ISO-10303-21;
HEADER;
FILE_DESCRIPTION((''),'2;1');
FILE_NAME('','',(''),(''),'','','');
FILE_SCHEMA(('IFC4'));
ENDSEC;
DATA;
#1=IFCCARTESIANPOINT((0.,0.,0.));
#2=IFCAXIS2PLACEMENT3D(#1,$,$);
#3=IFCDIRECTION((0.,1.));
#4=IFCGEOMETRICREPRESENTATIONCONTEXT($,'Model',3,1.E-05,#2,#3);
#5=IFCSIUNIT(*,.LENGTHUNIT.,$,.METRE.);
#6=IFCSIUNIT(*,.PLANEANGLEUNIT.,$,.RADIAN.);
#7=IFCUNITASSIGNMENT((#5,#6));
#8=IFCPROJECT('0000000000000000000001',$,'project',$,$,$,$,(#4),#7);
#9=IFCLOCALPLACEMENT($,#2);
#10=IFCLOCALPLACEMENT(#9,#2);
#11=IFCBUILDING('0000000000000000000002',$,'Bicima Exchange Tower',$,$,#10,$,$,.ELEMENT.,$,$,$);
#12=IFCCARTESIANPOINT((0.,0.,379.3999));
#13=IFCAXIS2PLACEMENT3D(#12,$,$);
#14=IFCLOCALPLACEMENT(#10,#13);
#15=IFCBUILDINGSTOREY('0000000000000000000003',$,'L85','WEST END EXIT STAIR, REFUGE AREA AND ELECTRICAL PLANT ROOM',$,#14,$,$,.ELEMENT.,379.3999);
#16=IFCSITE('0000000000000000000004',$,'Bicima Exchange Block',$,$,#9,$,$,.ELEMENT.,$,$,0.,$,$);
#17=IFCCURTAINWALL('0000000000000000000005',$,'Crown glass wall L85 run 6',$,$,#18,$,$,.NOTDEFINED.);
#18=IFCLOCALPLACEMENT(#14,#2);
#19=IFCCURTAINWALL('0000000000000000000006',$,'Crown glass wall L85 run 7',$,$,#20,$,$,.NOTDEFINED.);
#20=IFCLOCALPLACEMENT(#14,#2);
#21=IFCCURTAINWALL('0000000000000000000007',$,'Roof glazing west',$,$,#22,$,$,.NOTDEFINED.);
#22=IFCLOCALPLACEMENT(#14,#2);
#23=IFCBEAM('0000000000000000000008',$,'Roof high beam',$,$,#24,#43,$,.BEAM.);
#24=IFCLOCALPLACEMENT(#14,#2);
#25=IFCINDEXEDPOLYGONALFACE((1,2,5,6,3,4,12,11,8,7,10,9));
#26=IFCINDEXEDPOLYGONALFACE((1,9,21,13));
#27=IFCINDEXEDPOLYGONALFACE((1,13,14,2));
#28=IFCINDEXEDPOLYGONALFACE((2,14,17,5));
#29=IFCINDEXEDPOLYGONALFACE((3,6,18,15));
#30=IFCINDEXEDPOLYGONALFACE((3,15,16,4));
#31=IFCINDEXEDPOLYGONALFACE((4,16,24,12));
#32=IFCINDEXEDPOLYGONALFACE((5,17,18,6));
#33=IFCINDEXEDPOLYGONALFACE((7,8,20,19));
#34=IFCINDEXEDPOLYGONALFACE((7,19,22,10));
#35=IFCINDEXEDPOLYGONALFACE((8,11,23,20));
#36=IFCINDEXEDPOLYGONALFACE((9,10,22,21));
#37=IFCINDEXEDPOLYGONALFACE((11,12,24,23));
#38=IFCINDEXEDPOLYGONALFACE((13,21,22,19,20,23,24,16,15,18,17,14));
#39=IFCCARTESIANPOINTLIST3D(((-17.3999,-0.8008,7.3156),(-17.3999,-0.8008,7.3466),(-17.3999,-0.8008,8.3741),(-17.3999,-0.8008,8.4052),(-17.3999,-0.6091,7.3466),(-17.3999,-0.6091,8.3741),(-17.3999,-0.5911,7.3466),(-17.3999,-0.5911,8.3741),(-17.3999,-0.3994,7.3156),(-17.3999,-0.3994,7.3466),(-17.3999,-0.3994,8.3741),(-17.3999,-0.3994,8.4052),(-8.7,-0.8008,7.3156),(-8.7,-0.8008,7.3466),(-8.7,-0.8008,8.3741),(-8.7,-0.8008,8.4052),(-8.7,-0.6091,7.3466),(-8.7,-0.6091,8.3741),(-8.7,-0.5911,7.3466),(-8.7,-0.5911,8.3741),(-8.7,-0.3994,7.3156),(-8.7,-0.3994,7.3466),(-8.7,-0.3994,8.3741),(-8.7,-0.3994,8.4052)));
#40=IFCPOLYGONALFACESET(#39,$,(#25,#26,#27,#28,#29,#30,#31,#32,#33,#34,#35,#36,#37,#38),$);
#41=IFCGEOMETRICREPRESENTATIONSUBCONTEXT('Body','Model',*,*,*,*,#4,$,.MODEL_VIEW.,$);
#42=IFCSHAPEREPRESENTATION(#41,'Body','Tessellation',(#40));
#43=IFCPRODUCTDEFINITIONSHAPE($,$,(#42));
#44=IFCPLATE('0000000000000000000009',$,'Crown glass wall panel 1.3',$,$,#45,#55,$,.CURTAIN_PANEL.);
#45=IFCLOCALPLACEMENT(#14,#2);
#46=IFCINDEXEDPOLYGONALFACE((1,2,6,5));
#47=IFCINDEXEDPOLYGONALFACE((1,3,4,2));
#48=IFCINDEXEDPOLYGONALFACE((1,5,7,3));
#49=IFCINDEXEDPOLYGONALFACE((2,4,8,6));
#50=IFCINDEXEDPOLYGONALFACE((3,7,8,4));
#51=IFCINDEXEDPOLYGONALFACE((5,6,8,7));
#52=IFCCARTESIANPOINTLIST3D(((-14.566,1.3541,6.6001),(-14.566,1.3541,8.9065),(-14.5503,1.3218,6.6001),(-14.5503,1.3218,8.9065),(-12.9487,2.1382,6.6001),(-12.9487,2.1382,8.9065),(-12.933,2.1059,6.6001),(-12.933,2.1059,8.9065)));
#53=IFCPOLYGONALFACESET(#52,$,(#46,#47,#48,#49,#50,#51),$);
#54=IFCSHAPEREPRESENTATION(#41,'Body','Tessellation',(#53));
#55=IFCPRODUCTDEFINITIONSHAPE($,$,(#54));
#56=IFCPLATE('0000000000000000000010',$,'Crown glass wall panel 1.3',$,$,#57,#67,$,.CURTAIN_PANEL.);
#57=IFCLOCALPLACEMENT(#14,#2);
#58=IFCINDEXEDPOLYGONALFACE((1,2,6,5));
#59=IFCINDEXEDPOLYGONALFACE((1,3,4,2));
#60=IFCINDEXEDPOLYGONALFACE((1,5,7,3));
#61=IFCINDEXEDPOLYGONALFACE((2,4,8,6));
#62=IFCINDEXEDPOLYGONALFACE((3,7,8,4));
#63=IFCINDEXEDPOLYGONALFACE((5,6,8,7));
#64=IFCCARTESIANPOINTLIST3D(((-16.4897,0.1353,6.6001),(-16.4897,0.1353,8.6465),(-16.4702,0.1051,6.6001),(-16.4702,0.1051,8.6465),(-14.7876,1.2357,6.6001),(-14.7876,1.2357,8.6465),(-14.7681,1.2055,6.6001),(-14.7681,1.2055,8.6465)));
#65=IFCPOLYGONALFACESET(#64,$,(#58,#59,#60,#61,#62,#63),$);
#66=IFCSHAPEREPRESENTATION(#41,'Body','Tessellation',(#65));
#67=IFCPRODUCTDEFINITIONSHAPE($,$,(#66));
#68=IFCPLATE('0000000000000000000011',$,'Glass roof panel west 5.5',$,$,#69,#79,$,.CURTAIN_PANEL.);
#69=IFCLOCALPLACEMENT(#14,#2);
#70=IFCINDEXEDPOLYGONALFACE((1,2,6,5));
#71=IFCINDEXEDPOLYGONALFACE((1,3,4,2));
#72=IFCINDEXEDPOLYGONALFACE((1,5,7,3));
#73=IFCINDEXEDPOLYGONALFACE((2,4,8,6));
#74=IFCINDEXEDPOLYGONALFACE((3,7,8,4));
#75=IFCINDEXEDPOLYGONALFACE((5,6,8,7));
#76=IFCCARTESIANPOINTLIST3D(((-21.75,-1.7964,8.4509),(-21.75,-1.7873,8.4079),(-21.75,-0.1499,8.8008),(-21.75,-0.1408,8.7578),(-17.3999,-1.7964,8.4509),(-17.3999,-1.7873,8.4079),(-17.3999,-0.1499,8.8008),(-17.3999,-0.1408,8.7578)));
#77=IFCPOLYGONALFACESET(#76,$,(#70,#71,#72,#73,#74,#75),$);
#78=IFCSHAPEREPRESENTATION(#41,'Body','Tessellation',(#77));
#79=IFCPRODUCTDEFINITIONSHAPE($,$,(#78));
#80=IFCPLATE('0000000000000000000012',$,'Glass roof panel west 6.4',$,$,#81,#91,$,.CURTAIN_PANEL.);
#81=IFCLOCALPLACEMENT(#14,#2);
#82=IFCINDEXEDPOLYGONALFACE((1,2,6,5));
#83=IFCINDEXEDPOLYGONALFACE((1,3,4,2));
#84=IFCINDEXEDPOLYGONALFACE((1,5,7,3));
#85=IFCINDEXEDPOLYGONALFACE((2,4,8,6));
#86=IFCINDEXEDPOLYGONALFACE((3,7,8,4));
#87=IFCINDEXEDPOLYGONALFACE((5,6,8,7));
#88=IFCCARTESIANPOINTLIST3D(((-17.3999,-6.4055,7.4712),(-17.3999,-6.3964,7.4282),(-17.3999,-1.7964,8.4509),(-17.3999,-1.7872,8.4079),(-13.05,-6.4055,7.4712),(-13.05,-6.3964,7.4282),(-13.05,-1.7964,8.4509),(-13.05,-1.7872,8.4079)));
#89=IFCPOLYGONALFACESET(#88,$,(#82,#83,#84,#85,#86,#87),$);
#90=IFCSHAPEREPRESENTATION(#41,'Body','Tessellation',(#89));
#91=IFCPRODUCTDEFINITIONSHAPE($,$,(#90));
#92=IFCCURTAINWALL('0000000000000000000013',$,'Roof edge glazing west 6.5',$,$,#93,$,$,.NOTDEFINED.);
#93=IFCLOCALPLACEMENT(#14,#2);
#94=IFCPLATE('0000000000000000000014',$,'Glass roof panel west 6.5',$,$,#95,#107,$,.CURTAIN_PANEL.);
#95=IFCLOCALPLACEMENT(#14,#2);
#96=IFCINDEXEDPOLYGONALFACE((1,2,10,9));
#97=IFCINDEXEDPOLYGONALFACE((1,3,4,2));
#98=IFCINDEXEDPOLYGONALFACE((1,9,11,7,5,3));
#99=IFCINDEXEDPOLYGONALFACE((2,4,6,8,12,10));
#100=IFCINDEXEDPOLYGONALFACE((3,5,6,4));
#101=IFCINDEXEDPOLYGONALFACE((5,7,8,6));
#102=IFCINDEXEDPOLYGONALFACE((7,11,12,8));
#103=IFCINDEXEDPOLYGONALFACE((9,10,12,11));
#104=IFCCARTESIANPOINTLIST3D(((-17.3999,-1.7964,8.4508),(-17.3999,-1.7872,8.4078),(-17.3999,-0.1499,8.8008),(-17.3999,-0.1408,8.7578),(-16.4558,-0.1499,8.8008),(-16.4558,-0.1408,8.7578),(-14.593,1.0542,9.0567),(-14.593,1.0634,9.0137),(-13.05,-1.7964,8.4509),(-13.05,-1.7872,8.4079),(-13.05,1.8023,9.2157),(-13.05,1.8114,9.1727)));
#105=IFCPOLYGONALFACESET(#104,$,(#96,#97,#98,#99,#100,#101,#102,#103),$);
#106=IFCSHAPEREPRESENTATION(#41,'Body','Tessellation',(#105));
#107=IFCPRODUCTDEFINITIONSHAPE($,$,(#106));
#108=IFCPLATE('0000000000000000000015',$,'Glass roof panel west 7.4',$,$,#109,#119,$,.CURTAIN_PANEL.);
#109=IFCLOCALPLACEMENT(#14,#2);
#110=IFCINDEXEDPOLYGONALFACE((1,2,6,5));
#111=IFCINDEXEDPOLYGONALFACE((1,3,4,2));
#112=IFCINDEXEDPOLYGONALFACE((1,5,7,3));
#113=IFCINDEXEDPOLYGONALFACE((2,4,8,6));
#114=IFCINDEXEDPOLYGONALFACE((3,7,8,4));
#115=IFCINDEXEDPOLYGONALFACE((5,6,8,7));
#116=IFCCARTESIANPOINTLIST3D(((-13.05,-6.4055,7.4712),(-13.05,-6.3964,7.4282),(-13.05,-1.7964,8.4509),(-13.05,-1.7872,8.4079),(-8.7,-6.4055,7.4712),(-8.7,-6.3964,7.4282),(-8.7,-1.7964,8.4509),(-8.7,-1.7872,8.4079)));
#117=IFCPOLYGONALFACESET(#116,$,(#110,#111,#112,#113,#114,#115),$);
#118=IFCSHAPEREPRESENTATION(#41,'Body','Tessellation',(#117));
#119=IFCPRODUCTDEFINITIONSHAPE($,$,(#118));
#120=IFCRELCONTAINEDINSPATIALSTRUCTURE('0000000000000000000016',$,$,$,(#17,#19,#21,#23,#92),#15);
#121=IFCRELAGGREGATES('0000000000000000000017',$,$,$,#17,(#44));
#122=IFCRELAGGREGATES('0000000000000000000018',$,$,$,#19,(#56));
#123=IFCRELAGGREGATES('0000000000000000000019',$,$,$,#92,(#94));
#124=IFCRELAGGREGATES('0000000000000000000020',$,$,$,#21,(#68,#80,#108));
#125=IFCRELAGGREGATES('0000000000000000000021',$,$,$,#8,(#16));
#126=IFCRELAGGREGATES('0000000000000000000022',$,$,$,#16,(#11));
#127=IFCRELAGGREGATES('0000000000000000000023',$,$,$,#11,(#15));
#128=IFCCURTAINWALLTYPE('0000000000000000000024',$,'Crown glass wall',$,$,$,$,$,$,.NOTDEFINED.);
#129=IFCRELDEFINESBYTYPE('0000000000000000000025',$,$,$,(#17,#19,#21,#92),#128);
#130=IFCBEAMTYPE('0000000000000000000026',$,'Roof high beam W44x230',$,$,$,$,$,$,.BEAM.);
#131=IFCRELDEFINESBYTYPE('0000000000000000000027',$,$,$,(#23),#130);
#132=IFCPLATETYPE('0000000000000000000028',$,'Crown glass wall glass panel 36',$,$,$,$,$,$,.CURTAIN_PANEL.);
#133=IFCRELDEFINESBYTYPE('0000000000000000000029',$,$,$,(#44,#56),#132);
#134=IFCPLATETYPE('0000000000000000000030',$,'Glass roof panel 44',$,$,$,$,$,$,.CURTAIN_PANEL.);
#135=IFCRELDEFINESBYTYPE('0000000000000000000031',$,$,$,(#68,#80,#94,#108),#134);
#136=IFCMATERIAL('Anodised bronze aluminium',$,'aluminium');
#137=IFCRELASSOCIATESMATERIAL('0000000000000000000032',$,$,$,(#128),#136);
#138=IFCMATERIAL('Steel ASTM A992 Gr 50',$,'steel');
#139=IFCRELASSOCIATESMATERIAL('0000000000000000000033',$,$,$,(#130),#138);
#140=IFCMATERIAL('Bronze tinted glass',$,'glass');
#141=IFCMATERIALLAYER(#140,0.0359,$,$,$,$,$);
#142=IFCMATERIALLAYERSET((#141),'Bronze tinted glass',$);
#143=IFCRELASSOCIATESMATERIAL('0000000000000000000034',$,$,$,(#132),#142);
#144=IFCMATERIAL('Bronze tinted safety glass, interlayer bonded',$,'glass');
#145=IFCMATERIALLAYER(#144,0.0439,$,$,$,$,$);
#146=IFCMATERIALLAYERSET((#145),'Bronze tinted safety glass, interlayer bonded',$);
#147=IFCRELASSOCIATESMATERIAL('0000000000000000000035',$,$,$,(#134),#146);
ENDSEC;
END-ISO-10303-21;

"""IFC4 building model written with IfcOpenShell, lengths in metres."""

from ifc_helpers import new_model, si_unit, direction, frame, origin, origin_2d, place, context, subcontext, project, spatial, polyline, rectangle, i_section, outline, extrude, material, layer, layer_set, material_profile, profile_set, type_object, element, aggregate, save


model = new_model("IFC4")

# Units and contexts
model_context = context("Model", 3, precision=1e-05, world=origin(), true_north=direction((0.0, 1.0)))
body_context = subcontext(model_context, "Body", "Model", "MODEL_VIEW")
ifc_project = project(units=[si_unit("LENGTHUNIT", "METRE"), si_unit("PLANEANGLEUNIT", "RADIAN")], contexts=[model_context])

# Site, building, storey
site_placement = place(None, origin())
site = spatial("IfcSite", under=ifc_project, at=site_placement, Name="Bicima Exchange Block", CompositionType="ELEMENT", RefElevation=0.0)
building_placement = place(site_placement, origin())
building = spatial("IfcBuilding", under=site, at=building_placement, Name="Bicima Exchange Tower", CompositionType="ELEMENT")
storey_placement = place(building_placement, frame((0.0, 0.0, 379.3999)))
storey = spatial("IfcBuildingStorey", under=building, at=storey_placement, Name="L85", Description="WEST END EXIT STAIR, REFUGE AREA AND ELECTRICAL PLANT ROOM", CompositionType="ELEMENT", Elevation=379.3999)

# Curtain walls
ifc_material_1 = material(Name="Anodised bronze aluminium", Category="aluminium")
curtain_wall_type = type_object("IfcCurtainWallType", Name="Crown glass wall", PredefinedType="NOTDEFINED", material=ifc_material_1)
curtain_wall_1_placement = place(storey_placement, origin())
curtain_wall_1 = element("IfcCurtainWall", 1, at=curtain_wall_1_placement, inside=storey, type_object=curtain_wall_type, Name="Crown glass wall L85 run 6", PredefinedType="NOTDEFINED")
curtain_wall_2_placement = place(storey_placement, origin())
curtain_wall_2 = element("IfcCurtainWall", 2, at=curtain_wall_2_placement, inside=storey, type_object=curtain_wall_type, Name="Crown glass wall L85 run 7", PredefinedType="NOTDEFINED")
curtain_wall_3_placement = place(storey_placement, origin())
curtain_wall_3 = element("IfcCurtainWall", 3, at=curtain_wall_3_placement, inside=storey, type_object=curtain_wall_type, Name="Roof glazing west", PredefinedType="NOTDEFINED")

# Beam
ifc_material_2 = material(Name="Steel ASTM A992 Gr 50", Category="steel")
ifc_material_profile_1 = material_profile(ifc_material_2, i_section(OverallWidth=0.4014, OverallDepth=1.0896, WebThickness=0.0181, FlangeThickness=0.031, at=origin_2d()))
ifc_profile_set_1 = profile_set([ifc_material_profile_1], Name="Steel ASTM A992 Gr 50")
beam_type = type_object("IfcBeamType", Name="Roof high beam W44x230", PredefinedType="BEAM", material=ifc_profile_set_1)
beam_placement = place(storey_placement, frame((-17.3999, -0.6001, 7.8604), z_axis=(1.0, 0.0, 0.0), x_axis=(0.0, 1.0, 0.0)))
element("IfcBeam", 4, at=beam_placement, inside=storey, type_object=beam_type, Name="Roof high beam", PredefinedType="BEAM", context=body_context, shape_type="SweptSolid", body=[
    extrude(i_section(OverallWidth=0.4014, OverallDepth=1.0896, WebThickness=0.0181, FlangeThickness=0.031, at=origin_2d()), origin(), (0.0, 0.0, 1.0), 8.7),
])

# Plates
ifc_material_3 = material(Name="Bronze tinted glass", Category="glass")
ifc_layer_1 = layer(ifc_material_3, 0.0359)
ifc_layer_set_1 = layer_set([ifc_layer_1], Name="Bronze tinted glass")
plate_type_1 = type_object("IfcPlateType", Name="Crown glass wall glass panel 36", PredefinedType="CURTAIN_PANEL", material=ifc_layer_set_1)
plate_1_placement = place(storey_placement, frame((-13.7495, 1.73, 6.6001), z_axis=(0.0, 0.0, 1.0), x_axis=(-0.899818, -0.436265, 0.0)))
plate_1 = element("IfcPlate", 5, at=plate_1_placement, type_object=plate_type_1, Name="Crown glass wall panel 1.3", PredefinedType="CURTAIN_PANEL", context=body_context, shape_type="SweptSolid", body=[
    extrude(rectangle(XDim=1.7974, YDim=0.0359, at=origin_2d()), origin(), (0.0, 0.0, 1.0), 2.3064),
])
aggregate(curtain_wall_1, [plate_1])
plate_2_placement = place(storey_placement, frame((-15.6289, 0.6704, 6.6001), z_axis=(0.0, 0.0, 1.0), x_axis=(-0.83979, -0.542911, 0.0)))
plate_2 = element("IfcPlate", 6, at=plate_2_placement, type_object=plate_type_1, Name="Crown glass wall panel 1.3", PredefinedType="CURTAIN_PANEL", context=body_context, shape_type="SweptSolid", body=[
    extrude(rectangle(XDim=2.0269, YDim=0.0359, at=origin_2d()), origin(), (0.0, 0.0, 1.0), 2.0464),
])
aggregate(curtain_wall_2, [plate_2])
ifc_material_4 = material(Name="Bronze tinted safety glass, interlayer bonded", Category="glass")
ifc_layer_2 = layer(ifc_material_4, 0.0439)
ifc_layer_set_2 = layer_set([ifc_layer_2], Name="Bronze tinted safety glass, interlayer bonded")
plate_type_2 = type_object("IfcPlateType", Name="Glass roof panel 44", PredefinedType="CURTAIN_PANEL", material=ifc_layer_set_2)
plate_3_placement = place(storey_placement, frame((-17.3999, -0.1499, 8.8008), z_axis=(0.0, -0.207845, 0.978162), x_axis=(0.0, -0.978162, -0.207845)))
plate_3 = element("IfcPlate", 7, at=plate_3_placement, type_object=plate_type_2, Name="Glass roof panel west 5.5", PredefinedType="CURTAIN_PANEL", context=body_context, shape_type="SweptSolid", body=[
    extrude(outline(polyline([(0.0, 0.0), (1.6832, 0.0), (1.6832, -4.3501), (0.0, -4.3501), (0.0, 0.0)])), origin(), (0.0, 0.0, -1.0), 0.0439),
])
plate_4_placement = place(storey_placement, frame((-17.3999, -6.4055, 7.4712), z_axis=(0.0, -0.207919, 0.978146), x_axis=(0.0, 0.978146, 0.207919)))
plate_4 = element("IfcPlate", 8, at=plate_4_placement, type_object=plate_type_2, Name="Glass roof panel west 6.4", PredefinedType="CURTAIN_PANEL", context=body_context, shape_type="SweptSolid", body=[
    extrude(outline(polyline([(0.0, 0.0), (4.7121, 0.0), (4.7121, -4.3499), (0.0, -4.3499), (0.0, 0.0)])), origin(), (0.0, 0.0, -1.0), 0.0439),
])

# Curtain wall, plate
curtain_wall_4_placement = place(storey_placement, origin())
curtain_wall_4 = element("IfcCurtainWall", 9, at=curtain_wall_4_placement, inside=storey, type_object=curtain_wall_type, Name="Roof edge glazing west 6.5", PredefinedType="NOTDEFINED")
plate_5_placement = place(storey_placement, frame((-16.4558, -0.1499, 8.8008), z_axis=(-0.000009, -0.207898, 0.978151), x_axis=(0.834281, 0.539291, 0.114629)))
plate_5 = element("IfcPlate", 10, at=plate_5_placement, type_object=plate_type_2, Name="Glass roof panel west 6.5", PredefinedType="CURTAIN_PANEL", context=body_context, shape_type="SweptSolid", body=[
    extrude(outline(polyline([(0.0, 0.0), (2.2328, 0.0), (3.9417, -0.2127), (1.9133, -3.282), (-1.7157, -0.8838), (-0.7876, 0.5205), (0.0, 0.0)])), origin(), (0.0, 0.0, -1.0), 0.0439),
])
aggregate(curtain_wall_4, [plate_5])

# Plate
plate_6_placement = place(storey_placement, frame((-13.05, -6.4055, 7.4712), z_axis=(0.0, -0.207919, 0.978146), x_axis=(0.0, 0.978146, 0.207919)))
plate_6 = element("IfcPlate", 11, at=plate_6_placement, type_object=plate_type_2, Name="Glass roof panel west 7.4", PredefinedType="CURTAIN_PANEL", context=body_context, shape_type="SweptSolid", body=[
    extrude(outline(polyline([(0.0, 0.0), (4.7121, 0.0), (4.7121, -4.3501), (0.0, -4.3501), (0.0, 0.0)])), origin(), (0.0, 0.0, -1.0), 0.0439),
])
aggregate(curtain_wall_3, [plate_3, plate_4, plate_6])

save(model, "model.ifc")
